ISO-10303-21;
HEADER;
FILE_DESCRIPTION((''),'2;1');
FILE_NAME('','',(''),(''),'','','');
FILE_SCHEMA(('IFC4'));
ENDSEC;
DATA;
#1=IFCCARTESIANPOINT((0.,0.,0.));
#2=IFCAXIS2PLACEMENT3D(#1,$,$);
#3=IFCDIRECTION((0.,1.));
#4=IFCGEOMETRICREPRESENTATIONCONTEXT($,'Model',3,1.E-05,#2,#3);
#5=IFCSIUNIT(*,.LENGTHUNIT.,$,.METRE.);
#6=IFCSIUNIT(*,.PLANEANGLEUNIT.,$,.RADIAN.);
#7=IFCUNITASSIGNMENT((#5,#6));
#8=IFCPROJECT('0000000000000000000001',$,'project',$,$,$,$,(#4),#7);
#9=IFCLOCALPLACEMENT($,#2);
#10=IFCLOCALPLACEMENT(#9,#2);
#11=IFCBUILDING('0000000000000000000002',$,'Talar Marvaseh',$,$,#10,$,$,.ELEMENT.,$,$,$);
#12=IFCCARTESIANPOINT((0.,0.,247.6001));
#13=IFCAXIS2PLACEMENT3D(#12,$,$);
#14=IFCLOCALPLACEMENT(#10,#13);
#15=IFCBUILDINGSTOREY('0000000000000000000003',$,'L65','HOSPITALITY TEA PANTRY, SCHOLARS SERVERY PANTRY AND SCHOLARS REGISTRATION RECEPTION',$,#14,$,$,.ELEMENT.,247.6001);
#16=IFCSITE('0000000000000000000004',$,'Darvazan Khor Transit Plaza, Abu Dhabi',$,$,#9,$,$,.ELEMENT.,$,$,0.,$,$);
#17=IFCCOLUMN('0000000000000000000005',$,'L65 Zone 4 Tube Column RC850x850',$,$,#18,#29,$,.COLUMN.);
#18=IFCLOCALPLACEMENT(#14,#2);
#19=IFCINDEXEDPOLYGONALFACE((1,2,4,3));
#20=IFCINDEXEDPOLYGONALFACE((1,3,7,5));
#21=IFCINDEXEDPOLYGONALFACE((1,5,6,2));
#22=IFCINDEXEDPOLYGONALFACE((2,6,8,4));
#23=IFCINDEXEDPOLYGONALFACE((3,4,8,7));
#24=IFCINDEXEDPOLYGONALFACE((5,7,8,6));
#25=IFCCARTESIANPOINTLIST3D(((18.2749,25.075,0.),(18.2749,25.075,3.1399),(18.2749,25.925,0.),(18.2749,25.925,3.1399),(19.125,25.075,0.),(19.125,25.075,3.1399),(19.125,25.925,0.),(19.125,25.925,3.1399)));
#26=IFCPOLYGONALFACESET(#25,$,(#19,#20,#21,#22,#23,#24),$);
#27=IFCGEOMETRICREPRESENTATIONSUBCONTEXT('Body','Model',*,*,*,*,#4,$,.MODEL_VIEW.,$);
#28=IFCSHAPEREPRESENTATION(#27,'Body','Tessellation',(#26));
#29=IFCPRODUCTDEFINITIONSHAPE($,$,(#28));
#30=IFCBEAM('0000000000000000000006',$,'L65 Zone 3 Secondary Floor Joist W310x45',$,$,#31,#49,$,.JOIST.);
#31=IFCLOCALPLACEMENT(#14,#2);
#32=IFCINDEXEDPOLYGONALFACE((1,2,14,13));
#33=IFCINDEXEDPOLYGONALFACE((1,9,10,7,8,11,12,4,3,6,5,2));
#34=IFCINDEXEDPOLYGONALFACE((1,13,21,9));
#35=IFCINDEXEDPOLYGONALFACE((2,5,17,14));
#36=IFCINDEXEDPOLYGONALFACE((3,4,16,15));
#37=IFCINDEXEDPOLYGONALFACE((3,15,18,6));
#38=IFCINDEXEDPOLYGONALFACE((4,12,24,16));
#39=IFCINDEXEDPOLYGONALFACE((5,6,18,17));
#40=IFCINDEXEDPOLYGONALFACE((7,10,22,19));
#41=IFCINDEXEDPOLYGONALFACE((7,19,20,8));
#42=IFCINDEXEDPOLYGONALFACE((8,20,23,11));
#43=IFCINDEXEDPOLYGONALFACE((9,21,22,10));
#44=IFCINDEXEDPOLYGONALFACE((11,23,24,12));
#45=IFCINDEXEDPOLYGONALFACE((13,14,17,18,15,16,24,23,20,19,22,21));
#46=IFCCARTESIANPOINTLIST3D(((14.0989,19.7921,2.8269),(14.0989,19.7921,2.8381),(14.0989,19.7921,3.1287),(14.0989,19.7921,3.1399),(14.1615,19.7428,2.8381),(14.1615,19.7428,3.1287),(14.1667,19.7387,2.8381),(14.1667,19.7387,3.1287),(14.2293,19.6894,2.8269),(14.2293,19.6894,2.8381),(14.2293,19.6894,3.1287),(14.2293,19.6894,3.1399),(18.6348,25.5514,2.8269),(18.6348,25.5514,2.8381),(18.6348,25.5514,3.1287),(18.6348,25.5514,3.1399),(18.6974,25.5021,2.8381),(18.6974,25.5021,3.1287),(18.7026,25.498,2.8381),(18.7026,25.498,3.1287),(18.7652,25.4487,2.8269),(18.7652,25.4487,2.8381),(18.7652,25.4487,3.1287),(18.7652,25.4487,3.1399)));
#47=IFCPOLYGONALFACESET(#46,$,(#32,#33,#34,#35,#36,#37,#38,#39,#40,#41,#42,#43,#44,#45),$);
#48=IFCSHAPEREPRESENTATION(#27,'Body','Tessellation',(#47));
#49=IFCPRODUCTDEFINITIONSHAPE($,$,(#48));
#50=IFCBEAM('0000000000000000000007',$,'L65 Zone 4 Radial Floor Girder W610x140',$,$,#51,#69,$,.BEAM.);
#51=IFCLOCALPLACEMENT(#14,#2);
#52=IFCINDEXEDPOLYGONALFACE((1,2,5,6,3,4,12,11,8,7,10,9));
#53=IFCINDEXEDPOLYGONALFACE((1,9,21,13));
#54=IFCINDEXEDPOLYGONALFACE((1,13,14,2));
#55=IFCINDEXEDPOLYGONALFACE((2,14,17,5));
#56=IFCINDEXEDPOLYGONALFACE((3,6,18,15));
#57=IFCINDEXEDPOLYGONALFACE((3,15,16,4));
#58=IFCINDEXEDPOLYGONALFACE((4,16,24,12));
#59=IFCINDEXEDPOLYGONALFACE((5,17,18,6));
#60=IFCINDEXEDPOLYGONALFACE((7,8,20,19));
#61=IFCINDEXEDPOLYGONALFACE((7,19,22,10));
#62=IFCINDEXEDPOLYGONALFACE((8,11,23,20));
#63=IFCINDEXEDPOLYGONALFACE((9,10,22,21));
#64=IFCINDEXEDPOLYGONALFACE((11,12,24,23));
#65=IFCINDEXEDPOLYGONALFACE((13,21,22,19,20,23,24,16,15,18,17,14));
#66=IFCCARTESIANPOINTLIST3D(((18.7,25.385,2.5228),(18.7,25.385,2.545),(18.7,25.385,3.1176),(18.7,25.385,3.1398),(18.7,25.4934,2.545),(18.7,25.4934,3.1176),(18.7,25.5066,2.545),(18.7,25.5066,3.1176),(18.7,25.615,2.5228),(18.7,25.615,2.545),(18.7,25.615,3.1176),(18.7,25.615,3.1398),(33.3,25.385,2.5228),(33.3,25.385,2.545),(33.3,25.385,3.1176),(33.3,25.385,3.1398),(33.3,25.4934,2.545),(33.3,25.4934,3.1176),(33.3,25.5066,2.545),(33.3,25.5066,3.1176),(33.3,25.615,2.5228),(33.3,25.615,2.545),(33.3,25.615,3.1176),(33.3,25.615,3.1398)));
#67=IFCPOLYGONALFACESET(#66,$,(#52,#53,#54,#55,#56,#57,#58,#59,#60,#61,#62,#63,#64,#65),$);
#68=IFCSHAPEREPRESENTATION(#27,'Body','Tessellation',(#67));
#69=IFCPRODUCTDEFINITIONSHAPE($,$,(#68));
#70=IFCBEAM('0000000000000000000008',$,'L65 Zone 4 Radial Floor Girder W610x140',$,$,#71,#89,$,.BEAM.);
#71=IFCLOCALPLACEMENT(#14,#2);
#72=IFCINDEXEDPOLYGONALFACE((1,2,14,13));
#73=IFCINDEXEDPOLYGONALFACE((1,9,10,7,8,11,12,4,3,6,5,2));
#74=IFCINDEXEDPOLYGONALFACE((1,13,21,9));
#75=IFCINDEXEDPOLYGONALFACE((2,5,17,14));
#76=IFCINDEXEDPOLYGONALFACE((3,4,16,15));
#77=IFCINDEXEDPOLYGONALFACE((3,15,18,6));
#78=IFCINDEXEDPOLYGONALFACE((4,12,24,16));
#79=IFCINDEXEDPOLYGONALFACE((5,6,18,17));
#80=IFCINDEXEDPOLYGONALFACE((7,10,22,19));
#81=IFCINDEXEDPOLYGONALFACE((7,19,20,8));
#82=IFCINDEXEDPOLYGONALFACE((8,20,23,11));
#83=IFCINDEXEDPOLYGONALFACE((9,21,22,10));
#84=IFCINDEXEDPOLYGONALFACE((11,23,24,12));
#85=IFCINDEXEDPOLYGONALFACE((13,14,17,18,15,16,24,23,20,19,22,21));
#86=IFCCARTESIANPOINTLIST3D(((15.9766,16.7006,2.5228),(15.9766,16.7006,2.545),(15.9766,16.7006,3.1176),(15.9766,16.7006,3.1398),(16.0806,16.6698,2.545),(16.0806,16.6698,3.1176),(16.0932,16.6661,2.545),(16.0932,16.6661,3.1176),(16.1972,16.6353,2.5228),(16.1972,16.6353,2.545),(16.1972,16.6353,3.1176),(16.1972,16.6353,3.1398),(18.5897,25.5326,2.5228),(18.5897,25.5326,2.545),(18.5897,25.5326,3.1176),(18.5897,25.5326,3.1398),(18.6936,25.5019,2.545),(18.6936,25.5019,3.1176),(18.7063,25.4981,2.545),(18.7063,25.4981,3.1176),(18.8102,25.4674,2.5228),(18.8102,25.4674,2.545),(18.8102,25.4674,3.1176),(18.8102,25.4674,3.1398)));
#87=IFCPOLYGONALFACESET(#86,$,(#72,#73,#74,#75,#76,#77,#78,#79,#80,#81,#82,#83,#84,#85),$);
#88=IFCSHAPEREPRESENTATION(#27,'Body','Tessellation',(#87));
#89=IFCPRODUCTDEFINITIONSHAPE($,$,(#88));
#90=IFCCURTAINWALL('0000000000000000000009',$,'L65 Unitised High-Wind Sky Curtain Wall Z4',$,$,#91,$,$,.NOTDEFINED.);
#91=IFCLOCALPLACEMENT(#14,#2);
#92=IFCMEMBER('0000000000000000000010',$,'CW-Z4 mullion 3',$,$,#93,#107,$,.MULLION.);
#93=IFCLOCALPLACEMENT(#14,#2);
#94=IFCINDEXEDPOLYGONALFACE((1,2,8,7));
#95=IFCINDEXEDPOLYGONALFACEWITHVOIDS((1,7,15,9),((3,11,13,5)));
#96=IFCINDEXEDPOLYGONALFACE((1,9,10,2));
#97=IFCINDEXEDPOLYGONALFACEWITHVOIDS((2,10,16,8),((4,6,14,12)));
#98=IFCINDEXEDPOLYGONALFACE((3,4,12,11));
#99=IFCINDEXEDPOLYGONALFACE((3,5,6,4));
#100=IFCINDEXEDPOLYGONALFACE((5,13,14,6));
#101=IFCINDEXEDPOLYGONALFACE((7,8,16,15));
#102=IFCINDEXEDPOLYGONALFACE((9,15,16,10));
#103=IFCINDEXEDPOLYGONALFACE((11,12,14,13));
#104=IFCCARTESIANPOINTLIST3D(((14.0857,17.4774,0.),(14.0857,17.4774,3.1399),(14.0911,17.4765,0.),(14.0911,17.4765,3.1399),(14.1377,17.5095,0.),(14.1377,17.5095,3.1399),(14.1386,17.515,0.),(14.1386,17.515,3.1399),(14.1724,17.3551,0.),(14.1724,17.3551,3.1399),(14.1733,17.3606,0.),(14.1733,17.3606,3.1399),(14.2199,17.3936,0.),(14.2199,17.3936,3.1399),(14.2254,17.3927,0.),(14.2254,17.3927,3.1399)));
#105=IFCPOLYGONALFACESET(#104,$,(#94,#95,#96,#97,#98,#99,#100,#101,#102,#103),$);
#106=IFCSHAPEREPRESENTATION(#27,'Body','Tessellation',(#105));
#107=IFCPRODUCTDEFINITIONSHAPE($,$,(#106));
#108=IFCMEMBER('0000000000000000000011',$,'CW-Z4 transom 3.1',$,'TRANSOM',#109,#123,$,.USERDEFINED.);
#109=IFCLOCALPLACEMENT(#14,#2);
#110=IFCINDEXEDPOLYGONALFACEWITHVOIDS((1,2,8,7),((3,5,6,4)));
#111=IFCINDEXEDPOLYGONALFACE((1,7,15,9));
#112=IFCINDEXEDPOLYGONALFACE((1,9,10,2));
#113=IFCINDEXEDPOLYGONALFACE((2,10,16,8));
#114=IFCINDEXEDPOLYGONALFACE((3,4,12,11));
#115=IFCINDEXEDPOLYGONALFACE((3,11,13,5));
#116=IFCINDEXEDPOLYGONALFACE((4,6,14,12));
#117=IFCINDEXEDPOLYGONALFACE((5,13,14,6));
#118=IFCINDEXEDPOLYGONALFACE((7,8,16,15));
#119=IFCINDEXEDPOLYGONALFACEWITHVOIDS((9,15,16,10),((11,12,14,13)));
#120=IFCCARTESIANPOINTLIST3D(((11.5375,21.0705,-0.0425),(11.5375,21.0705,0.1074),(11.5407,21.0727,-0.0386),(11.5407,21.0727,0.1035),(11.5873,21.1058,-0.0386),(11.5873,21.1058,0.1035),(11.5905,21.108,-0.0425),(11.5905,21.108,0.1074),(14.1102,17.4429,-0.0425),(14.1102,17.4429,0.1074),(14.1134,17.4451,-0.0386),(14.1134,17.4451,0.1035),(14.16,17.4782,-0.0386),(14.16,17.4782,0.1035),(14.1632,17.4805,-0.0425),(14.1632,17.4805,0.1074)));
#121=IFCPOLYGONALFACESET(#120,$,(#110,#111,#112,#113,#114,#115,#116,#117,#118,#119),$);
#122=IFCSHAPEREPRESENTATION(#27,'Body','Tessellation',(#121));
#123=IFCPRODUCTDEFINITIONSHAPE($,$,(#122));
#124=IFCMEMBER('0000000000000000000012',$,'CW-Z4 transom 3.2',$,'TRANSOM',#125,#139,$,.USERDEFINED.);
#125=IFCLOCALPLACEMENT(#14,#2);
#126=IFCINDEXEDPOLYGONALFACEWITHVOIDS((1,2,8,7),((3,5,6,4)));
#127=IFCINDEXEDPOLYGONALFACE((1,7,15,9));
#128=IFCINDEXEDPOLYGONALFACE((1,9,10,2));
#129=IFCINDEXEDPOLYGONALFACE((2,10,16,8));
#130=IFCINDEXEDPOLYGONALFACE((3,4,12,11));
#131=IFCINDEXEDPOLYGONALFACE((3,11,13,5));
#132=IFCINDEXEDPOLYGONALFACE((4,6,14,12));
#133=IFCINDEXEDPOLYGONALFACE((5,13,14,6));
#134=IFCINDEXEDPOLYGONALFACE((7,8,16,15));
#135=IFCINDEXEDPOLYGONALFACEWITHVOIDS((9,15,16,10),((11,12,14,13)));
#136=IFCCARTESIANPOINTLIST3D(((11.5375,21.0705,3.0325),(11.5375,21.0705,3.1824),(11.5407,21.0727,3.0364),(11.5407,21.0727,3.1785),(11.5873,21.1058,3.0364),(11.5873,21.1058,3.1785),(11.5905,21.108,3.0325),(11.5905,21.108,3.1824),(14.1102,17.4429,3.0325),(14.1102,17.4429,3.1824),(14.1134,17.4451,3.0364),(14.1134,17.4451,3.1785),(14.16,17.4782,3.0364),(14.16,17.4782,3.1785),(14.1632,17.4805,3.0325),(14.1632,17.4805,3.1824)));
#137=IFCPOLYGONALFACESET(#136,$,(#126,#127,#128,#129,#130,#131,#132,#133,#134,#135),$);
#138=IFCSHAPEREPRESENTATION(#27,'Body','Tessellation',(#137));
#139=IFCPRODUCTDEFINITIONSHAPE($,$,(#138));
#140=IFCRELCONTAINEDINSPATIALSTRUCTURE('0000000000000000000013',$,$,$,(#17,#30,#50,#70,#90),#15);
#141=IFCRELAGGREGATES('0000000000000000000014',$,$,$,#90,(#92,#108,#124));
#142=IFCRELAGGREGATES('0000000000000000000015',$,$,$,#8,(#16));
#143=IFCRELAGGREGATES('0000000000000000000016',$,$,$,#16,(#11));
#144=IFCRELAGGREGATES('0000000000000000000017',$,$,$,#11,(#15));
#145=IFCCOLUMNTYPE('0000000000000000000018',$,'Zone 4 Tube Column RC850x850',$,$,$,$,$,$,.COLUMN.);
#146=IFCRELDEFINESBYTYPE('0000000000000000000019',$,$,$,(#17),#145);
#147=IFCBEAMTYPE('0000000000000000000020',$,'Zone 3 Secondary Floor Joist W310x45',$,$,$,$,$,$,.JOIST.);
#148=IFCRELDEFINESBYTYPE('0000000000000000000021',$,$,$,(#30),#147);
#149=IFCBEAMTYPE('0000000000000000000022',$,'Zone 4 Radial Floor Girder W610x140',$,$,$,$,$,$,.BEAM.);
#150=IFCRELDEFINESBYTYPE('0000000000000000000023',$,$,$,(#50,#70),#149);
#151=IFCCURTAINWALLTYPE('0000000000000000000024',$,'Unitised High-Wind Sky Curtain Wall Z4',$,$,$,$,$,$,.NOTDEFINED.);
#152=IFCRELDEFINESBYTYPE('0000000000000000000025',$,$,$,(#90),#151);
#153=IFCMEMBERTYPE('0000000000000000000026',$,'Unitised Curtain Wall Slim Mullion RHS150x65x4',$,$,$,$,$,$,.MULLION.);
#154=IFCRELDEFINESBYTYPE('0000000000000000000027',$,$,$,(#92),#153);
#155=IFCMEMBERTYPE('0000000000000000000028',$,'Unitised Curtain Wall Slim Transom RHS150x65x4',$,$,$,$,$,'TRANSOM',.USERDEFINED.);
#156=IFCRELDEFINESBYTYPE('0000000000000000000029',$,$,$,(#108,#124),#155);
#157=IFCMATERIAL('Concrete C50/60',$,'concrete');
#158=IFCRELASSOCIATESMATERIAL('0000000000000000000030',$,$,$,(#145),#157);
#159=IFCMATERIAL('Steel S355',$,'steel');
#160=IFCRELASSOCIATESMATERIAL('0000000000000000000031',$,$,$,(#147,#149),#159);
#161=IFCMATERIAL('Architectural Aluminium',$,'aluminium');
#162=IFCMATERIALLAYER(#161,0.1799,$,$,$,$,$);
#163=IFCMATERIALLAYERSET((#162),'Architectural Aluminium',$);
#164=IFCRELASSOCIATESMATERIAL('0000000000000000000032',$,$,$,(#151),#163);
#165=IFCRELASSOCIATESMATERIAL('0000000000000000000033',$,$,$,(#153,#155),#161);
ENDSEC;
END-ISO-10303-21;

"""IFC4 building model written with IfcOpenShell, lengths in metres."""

from ifc_helpers import new_model, si_unit, direction, frame, origin, origin_2d, place, context, subcontext, project, spatial, rectangle, hollow_rectangle, i_section, extrude, source, transform, mapped, material, layer, layer_set, material_profile, profile_set, type_object, type_shapes, element, aggregate, save


model = new_model("IFC4")

# Units and contexts
model_context = context("Model", 3, precision=1e-05, world=origin(), true_north=direction((0.0, 1.0)))
body_context = subcontext(model_context, "Body", "Model", "MODEL_VIEW")
ifc_project = project(units=[si_unit("LENGTHUNIT", "METRE"), si_unit("PLANEANGLEUNIT", "RADIAN")], contexts=[model_context])

# Site, building, storey
site_placement = place(None, origin())
site = spatial("IfcSite", under=ifc_project, at=site_placement, Name="Darvazan Khor Transit Plaza, Abu Dhabi", CompositionType="ELEMENT", RefElevation=0.0)
building_placement = place(site_placement, origin())
building = spatial("IfcBuilding", under=site, at=building_placement, Name="Talar Marvaseh", CompositionType="ELEMENT")
storey_placement = place(building_placement, frame((0.0, 0.0, 247.6001)))
storey = spatial("IfcBuildingStorey", under=building, at=storey_placement, Name="L65", Description="HOSPITALITY TEA PANTRY, SCHOLARS SERVERY PANTRY AND SCHOLARS REGISTRATION RECEPTION", CompositionType="ELEMENT", Elevation=247.6001)

# Column
ifc_material_1 = material(Name="Concrete C50/60", Category="concrete")
ifc_material_profile_1 = material_profile(ifc_material_1, rectangle(XDim=0.8501, YDim=0.8501, at=origin_2d()), Name="RC850x850")
ifc_profile_set_1 = profile_set([ifc_material_profile_1], Name="Concrete C50/60")
column_type = type_object("IfcColumnType", Name="Zone 4 Tube Column RC850x850", PredefinedType="COLUMN", material=ifc_profile_set_1)
column_placement = place(storey_placement, frame((18.7, 25.5, 0.0), z_axis=(0.0, 0.0, 1.0), x_axis=(1.0, 0.0, 0.0)))
element("IfcColumn", 1, at=column_placement, inside=storey, type_object=column_type, Name="L65 Zone 4 Tube Column RC850x850", PredefinedType="COLUMN", context=body_context, shape_type="SweptSolid", body=[
    extrude(rectangle(XDim=0.8501, YDim=0.8501, at=origin_2d()), origin(), (0.0, 0.0, 1.0), 3.1399),
])

# Beams
ifc_material_2 = material(Name="Steel S355", Category="steel")
ifc_material_profile_2 = material_profile(ifc_material_2, i_section(OverallWidth=0.166, OverallDepth=0.313, WebThickness=0.0066, FlangeThickness=0.0112, at=origin_2d()), Name="W310x45")
ifc_profile_set_2 = profile_set([ifc_material_profile_2], Name="Steel S355")
beam_type_1 = type_object("IfcBeamType", Name="Zone 3 Secondary Floor Joist W310x45", PredefinedType="JOIST", material=ifc_profile_set_2)
beam_1_placement = place(storey_placement, frame((14.1641, 19.7407, 2.9834), z_axis=(0.618727, 0.785606, 0.0), x_axis=(-0.785606, 0.618727, 0.0)))
element("IfcBeam", 2, at=beam_1_placement, inside=storey, type_object=beam_type_1, Name="L65 Zone 3 Secondary Floor Joist W310x45", PredefinedType="JOIST", context=body_context, shape_type="SweptSolid", body=[
    extrude(i_section(OverallWidth=0.166, OverallDepth=0.313, WebThickness=0.0066, FlangeThickness=0.0112, at=origin_2d()), origin(), (0.0, 0.0, 1.0), 7.3311),
])
ifc_material_profile_3 = material_profile(ifc_material_2, i_section(OverallWidth=0.23, OverallDepth=0.6169, WebThickness=0.0132, FlangeThickness=0.0222, at=origin_2d()), Name="W610x140")
ifc_profile_set_3 = profile_set([ifc_material_profile_3], Name="Steel S355")
beam_type_2 = type_object("IfcBeamType", Name="Zone 4 Radial Floor Girder W610x140", PredefinedType="BEAM", material=ifc_profile_set_3)
beam_2_placement = place(storey_placement, frame((18.7, 25.5, 2.8313), z_axis=(1.0, 0.0, 0.0), x_axis=(0.0, 1.0, 0.0)))
element("IfcBeam", 3, at=beam_2_placement, inside=storey, type_object=beam_type_2, Name="L65 Zone 4 Radial Floor Girder W610x140", PredefinedType="BEAM", context=body_context, shape_type="SweptSolid", body=[
    extrude(i_section(OverallWidth=0.23, OverallDepth=0.6169, WebThickness=0.0132, FlangeThickness=0.0222, at=origin_2d()), origin(), (0.0, 0.0, 1.0), 14.6001),
])
beam_3_placement = place(storey_placement, frame((16.0869, 16.668, 2.8313), z_axis=(0.283703, 0.958912, 0.0), x_axis=(-0.958912, 0.283703, 0.0)))
element("IfcBeam", 4, at=beam_3_placement, inside=storey, type_object=beam_type_2, Name="L65 Zone 4 Radial Floor Girder W610x140", PredefinedType="BEAM", context=body_context, shape_type="SweptSolid", body=[
    extrude(i_section(OverallWidth=0.23, OverallDepth=0.6169, WebThickness=0.0132, FlangeThickness=0.0222, at=origin_2d()), origin(), (0.0, 0.0, 1.0), 9.2104),
])

# Curtain wall, members
ifc_material_3 = material(Name="Architectural Aluminium", Category="aluminium")
ifc_layer_1 = layer(ifc_material_3, 0.1799)
ifc_layer_set_1 = layer_set([ifc_layer_1], Name="Architectural Aluminium")
curtain_wall_type = type_object("IfcCurtainWallType", Name="Unitised High-Wind Sky Curtain Wall Z4", PredefinedType="NOTDEFINED", material=ifc_layer_set_1)
curtain_wall_placement = place(storey_placement, origin())
curtain_wall = element("IfcCurtainWall", 5, at=curtain_wall_placement, inside=storey, type_object=curtain_wall_type, Name="L65 Unitised High-Wind Sky Curtain Wall Z4", PredefinedType="NOTDEFINED")
ifc_material_profile_4 = material_profile(ifc_material_3, hollow_rectangle(XDim=0.0649, YDim=0.1499, WallThickness=0.0039, at=origin_2d()), Name="RHS150x65x4")
ifc_profile_set_4 = profile_set([ifc_material_profile_4], Name="Architectural Aluminium")
member_type_1 = type_object("IfcMemberType", Name="Unitised Curtain Wall Slim Mullion RHS150x65x4", PredefinedType="MULLION", material=ifc_profile_set_4)
shared_shape_1 = source(origin(), body_context, "Body", "SweptSolid", [
    extrude(hollow_rectangle(XDim=0.0649, YDim=0.1499, WallThickness=0.0039, at=origin_2d()), origin(), (0.0, 0.0, 1.0), 3.1399),
])
type_shapes(member_type_1, [shared_shape_1])
member_1_placement = place(storey_placement, frame((14.1555, 17.4351, 0.0), z_axis=(0.0, 0.0, 1.0), x_axis=(-0.815673, -0.578513, 0.0)))
member_1 = element("IfcMember", 6, at=member_1_placement, type_object=member_type_1, Name="CW-Z4 mullion 3", PredefinedType="MULLION", context=body_context, shape_type="MappedRepresentation", body=[
    mapped(shared_shape_1, transform((0.0, 0.0, 0.0), x_axis=(1.0, 0.0, 0.0), y_axis=(0.0, 1.0, 0.0), z_axis=(0.0, 0.0, 1.0), scale=1.0)),
])
ifc_material_profile_5 = material_profile(ifc_material_3, hollow_rectangle(XDim=0.0649, YDim=0.1499, WallThickness=0.0039, at=origin_2d()), Name="RHS150x65x4")
ifc_profile_set_5 = profile_set([ifc_material_profile_5], Name="Architectural Aluminium")
member_type_2 = type_object("IfcMemberType", Name="Unitised Curtain Wall Slim Transom RHS150x65x4", ElementType="TRANSOM", PredefinedType="USERDEFINED", material=ifc_profile_set_5)
shared_shape_2 = source(origin(), body_context, "Body", "SweptSolid", [
    extrude(hollow_rectangle(XDim=0.0649, YDim=0.1499, WallThickness=0.0039, at=origin_2d()), origin(), (0.0, 0.0, 1.0), 4.4473),
])
type_shapes(member_type_2, [shared_shape_2])
member_2_placement = place(storey_placement, frame((14.1367, 17.4617, 0.0325), z_axis=(-0.578488, 0.815691, 0.0), x_axis=(-0.815691, -0.578488, 0.0)))
member_2 = element("IfcMember", 7, at=member_2_placement, type_object=member_type_2, Name="CW-Z4 transom 3.1", ObjectType="TRANSOM", PredefinedType="USERDEFINED", context=body_context, shape_type="MappedRepresentation", body=[
    mapped(shared_shape_2, transform((0.0, 0.0, 0.0), x_axis=(1.0, 0.0, 0.0), y_axis=(0.0, 1.0, 0.0), z_axis=(0.0, 0.0, 1.0), scale=1.0)),
])
member_3_placement = place(storey_placement, frame((14.1367, 17.4617, 3.1074), z_axis=(-0.578488, 0.815691, 0.0), x_axis=(-0.815691, -0.578488, 0.0)))
member_3 = element("IfcMember", 8, at=member_3_placement, type_object=member_type_2, Name="CW-Z4 transom 3.2", ObjectType="TRANSOM", PredefinedType="USERDEFINED", context=body_context, shape_type="MappedRepresentation", body=[
    mapped(shared_shape_2, transform((0.0, 0.0, 0.0), x_axis=(1.0, 0.0, 0.0), y_axis=(0.0, 1.0, 0.0), z_axis=(0.0, 0.0, 1.0), scale=1.0)),
])
aggregate(curtain_wall, [member_1, member_2, member_3])

save(model, "model.ifc")
